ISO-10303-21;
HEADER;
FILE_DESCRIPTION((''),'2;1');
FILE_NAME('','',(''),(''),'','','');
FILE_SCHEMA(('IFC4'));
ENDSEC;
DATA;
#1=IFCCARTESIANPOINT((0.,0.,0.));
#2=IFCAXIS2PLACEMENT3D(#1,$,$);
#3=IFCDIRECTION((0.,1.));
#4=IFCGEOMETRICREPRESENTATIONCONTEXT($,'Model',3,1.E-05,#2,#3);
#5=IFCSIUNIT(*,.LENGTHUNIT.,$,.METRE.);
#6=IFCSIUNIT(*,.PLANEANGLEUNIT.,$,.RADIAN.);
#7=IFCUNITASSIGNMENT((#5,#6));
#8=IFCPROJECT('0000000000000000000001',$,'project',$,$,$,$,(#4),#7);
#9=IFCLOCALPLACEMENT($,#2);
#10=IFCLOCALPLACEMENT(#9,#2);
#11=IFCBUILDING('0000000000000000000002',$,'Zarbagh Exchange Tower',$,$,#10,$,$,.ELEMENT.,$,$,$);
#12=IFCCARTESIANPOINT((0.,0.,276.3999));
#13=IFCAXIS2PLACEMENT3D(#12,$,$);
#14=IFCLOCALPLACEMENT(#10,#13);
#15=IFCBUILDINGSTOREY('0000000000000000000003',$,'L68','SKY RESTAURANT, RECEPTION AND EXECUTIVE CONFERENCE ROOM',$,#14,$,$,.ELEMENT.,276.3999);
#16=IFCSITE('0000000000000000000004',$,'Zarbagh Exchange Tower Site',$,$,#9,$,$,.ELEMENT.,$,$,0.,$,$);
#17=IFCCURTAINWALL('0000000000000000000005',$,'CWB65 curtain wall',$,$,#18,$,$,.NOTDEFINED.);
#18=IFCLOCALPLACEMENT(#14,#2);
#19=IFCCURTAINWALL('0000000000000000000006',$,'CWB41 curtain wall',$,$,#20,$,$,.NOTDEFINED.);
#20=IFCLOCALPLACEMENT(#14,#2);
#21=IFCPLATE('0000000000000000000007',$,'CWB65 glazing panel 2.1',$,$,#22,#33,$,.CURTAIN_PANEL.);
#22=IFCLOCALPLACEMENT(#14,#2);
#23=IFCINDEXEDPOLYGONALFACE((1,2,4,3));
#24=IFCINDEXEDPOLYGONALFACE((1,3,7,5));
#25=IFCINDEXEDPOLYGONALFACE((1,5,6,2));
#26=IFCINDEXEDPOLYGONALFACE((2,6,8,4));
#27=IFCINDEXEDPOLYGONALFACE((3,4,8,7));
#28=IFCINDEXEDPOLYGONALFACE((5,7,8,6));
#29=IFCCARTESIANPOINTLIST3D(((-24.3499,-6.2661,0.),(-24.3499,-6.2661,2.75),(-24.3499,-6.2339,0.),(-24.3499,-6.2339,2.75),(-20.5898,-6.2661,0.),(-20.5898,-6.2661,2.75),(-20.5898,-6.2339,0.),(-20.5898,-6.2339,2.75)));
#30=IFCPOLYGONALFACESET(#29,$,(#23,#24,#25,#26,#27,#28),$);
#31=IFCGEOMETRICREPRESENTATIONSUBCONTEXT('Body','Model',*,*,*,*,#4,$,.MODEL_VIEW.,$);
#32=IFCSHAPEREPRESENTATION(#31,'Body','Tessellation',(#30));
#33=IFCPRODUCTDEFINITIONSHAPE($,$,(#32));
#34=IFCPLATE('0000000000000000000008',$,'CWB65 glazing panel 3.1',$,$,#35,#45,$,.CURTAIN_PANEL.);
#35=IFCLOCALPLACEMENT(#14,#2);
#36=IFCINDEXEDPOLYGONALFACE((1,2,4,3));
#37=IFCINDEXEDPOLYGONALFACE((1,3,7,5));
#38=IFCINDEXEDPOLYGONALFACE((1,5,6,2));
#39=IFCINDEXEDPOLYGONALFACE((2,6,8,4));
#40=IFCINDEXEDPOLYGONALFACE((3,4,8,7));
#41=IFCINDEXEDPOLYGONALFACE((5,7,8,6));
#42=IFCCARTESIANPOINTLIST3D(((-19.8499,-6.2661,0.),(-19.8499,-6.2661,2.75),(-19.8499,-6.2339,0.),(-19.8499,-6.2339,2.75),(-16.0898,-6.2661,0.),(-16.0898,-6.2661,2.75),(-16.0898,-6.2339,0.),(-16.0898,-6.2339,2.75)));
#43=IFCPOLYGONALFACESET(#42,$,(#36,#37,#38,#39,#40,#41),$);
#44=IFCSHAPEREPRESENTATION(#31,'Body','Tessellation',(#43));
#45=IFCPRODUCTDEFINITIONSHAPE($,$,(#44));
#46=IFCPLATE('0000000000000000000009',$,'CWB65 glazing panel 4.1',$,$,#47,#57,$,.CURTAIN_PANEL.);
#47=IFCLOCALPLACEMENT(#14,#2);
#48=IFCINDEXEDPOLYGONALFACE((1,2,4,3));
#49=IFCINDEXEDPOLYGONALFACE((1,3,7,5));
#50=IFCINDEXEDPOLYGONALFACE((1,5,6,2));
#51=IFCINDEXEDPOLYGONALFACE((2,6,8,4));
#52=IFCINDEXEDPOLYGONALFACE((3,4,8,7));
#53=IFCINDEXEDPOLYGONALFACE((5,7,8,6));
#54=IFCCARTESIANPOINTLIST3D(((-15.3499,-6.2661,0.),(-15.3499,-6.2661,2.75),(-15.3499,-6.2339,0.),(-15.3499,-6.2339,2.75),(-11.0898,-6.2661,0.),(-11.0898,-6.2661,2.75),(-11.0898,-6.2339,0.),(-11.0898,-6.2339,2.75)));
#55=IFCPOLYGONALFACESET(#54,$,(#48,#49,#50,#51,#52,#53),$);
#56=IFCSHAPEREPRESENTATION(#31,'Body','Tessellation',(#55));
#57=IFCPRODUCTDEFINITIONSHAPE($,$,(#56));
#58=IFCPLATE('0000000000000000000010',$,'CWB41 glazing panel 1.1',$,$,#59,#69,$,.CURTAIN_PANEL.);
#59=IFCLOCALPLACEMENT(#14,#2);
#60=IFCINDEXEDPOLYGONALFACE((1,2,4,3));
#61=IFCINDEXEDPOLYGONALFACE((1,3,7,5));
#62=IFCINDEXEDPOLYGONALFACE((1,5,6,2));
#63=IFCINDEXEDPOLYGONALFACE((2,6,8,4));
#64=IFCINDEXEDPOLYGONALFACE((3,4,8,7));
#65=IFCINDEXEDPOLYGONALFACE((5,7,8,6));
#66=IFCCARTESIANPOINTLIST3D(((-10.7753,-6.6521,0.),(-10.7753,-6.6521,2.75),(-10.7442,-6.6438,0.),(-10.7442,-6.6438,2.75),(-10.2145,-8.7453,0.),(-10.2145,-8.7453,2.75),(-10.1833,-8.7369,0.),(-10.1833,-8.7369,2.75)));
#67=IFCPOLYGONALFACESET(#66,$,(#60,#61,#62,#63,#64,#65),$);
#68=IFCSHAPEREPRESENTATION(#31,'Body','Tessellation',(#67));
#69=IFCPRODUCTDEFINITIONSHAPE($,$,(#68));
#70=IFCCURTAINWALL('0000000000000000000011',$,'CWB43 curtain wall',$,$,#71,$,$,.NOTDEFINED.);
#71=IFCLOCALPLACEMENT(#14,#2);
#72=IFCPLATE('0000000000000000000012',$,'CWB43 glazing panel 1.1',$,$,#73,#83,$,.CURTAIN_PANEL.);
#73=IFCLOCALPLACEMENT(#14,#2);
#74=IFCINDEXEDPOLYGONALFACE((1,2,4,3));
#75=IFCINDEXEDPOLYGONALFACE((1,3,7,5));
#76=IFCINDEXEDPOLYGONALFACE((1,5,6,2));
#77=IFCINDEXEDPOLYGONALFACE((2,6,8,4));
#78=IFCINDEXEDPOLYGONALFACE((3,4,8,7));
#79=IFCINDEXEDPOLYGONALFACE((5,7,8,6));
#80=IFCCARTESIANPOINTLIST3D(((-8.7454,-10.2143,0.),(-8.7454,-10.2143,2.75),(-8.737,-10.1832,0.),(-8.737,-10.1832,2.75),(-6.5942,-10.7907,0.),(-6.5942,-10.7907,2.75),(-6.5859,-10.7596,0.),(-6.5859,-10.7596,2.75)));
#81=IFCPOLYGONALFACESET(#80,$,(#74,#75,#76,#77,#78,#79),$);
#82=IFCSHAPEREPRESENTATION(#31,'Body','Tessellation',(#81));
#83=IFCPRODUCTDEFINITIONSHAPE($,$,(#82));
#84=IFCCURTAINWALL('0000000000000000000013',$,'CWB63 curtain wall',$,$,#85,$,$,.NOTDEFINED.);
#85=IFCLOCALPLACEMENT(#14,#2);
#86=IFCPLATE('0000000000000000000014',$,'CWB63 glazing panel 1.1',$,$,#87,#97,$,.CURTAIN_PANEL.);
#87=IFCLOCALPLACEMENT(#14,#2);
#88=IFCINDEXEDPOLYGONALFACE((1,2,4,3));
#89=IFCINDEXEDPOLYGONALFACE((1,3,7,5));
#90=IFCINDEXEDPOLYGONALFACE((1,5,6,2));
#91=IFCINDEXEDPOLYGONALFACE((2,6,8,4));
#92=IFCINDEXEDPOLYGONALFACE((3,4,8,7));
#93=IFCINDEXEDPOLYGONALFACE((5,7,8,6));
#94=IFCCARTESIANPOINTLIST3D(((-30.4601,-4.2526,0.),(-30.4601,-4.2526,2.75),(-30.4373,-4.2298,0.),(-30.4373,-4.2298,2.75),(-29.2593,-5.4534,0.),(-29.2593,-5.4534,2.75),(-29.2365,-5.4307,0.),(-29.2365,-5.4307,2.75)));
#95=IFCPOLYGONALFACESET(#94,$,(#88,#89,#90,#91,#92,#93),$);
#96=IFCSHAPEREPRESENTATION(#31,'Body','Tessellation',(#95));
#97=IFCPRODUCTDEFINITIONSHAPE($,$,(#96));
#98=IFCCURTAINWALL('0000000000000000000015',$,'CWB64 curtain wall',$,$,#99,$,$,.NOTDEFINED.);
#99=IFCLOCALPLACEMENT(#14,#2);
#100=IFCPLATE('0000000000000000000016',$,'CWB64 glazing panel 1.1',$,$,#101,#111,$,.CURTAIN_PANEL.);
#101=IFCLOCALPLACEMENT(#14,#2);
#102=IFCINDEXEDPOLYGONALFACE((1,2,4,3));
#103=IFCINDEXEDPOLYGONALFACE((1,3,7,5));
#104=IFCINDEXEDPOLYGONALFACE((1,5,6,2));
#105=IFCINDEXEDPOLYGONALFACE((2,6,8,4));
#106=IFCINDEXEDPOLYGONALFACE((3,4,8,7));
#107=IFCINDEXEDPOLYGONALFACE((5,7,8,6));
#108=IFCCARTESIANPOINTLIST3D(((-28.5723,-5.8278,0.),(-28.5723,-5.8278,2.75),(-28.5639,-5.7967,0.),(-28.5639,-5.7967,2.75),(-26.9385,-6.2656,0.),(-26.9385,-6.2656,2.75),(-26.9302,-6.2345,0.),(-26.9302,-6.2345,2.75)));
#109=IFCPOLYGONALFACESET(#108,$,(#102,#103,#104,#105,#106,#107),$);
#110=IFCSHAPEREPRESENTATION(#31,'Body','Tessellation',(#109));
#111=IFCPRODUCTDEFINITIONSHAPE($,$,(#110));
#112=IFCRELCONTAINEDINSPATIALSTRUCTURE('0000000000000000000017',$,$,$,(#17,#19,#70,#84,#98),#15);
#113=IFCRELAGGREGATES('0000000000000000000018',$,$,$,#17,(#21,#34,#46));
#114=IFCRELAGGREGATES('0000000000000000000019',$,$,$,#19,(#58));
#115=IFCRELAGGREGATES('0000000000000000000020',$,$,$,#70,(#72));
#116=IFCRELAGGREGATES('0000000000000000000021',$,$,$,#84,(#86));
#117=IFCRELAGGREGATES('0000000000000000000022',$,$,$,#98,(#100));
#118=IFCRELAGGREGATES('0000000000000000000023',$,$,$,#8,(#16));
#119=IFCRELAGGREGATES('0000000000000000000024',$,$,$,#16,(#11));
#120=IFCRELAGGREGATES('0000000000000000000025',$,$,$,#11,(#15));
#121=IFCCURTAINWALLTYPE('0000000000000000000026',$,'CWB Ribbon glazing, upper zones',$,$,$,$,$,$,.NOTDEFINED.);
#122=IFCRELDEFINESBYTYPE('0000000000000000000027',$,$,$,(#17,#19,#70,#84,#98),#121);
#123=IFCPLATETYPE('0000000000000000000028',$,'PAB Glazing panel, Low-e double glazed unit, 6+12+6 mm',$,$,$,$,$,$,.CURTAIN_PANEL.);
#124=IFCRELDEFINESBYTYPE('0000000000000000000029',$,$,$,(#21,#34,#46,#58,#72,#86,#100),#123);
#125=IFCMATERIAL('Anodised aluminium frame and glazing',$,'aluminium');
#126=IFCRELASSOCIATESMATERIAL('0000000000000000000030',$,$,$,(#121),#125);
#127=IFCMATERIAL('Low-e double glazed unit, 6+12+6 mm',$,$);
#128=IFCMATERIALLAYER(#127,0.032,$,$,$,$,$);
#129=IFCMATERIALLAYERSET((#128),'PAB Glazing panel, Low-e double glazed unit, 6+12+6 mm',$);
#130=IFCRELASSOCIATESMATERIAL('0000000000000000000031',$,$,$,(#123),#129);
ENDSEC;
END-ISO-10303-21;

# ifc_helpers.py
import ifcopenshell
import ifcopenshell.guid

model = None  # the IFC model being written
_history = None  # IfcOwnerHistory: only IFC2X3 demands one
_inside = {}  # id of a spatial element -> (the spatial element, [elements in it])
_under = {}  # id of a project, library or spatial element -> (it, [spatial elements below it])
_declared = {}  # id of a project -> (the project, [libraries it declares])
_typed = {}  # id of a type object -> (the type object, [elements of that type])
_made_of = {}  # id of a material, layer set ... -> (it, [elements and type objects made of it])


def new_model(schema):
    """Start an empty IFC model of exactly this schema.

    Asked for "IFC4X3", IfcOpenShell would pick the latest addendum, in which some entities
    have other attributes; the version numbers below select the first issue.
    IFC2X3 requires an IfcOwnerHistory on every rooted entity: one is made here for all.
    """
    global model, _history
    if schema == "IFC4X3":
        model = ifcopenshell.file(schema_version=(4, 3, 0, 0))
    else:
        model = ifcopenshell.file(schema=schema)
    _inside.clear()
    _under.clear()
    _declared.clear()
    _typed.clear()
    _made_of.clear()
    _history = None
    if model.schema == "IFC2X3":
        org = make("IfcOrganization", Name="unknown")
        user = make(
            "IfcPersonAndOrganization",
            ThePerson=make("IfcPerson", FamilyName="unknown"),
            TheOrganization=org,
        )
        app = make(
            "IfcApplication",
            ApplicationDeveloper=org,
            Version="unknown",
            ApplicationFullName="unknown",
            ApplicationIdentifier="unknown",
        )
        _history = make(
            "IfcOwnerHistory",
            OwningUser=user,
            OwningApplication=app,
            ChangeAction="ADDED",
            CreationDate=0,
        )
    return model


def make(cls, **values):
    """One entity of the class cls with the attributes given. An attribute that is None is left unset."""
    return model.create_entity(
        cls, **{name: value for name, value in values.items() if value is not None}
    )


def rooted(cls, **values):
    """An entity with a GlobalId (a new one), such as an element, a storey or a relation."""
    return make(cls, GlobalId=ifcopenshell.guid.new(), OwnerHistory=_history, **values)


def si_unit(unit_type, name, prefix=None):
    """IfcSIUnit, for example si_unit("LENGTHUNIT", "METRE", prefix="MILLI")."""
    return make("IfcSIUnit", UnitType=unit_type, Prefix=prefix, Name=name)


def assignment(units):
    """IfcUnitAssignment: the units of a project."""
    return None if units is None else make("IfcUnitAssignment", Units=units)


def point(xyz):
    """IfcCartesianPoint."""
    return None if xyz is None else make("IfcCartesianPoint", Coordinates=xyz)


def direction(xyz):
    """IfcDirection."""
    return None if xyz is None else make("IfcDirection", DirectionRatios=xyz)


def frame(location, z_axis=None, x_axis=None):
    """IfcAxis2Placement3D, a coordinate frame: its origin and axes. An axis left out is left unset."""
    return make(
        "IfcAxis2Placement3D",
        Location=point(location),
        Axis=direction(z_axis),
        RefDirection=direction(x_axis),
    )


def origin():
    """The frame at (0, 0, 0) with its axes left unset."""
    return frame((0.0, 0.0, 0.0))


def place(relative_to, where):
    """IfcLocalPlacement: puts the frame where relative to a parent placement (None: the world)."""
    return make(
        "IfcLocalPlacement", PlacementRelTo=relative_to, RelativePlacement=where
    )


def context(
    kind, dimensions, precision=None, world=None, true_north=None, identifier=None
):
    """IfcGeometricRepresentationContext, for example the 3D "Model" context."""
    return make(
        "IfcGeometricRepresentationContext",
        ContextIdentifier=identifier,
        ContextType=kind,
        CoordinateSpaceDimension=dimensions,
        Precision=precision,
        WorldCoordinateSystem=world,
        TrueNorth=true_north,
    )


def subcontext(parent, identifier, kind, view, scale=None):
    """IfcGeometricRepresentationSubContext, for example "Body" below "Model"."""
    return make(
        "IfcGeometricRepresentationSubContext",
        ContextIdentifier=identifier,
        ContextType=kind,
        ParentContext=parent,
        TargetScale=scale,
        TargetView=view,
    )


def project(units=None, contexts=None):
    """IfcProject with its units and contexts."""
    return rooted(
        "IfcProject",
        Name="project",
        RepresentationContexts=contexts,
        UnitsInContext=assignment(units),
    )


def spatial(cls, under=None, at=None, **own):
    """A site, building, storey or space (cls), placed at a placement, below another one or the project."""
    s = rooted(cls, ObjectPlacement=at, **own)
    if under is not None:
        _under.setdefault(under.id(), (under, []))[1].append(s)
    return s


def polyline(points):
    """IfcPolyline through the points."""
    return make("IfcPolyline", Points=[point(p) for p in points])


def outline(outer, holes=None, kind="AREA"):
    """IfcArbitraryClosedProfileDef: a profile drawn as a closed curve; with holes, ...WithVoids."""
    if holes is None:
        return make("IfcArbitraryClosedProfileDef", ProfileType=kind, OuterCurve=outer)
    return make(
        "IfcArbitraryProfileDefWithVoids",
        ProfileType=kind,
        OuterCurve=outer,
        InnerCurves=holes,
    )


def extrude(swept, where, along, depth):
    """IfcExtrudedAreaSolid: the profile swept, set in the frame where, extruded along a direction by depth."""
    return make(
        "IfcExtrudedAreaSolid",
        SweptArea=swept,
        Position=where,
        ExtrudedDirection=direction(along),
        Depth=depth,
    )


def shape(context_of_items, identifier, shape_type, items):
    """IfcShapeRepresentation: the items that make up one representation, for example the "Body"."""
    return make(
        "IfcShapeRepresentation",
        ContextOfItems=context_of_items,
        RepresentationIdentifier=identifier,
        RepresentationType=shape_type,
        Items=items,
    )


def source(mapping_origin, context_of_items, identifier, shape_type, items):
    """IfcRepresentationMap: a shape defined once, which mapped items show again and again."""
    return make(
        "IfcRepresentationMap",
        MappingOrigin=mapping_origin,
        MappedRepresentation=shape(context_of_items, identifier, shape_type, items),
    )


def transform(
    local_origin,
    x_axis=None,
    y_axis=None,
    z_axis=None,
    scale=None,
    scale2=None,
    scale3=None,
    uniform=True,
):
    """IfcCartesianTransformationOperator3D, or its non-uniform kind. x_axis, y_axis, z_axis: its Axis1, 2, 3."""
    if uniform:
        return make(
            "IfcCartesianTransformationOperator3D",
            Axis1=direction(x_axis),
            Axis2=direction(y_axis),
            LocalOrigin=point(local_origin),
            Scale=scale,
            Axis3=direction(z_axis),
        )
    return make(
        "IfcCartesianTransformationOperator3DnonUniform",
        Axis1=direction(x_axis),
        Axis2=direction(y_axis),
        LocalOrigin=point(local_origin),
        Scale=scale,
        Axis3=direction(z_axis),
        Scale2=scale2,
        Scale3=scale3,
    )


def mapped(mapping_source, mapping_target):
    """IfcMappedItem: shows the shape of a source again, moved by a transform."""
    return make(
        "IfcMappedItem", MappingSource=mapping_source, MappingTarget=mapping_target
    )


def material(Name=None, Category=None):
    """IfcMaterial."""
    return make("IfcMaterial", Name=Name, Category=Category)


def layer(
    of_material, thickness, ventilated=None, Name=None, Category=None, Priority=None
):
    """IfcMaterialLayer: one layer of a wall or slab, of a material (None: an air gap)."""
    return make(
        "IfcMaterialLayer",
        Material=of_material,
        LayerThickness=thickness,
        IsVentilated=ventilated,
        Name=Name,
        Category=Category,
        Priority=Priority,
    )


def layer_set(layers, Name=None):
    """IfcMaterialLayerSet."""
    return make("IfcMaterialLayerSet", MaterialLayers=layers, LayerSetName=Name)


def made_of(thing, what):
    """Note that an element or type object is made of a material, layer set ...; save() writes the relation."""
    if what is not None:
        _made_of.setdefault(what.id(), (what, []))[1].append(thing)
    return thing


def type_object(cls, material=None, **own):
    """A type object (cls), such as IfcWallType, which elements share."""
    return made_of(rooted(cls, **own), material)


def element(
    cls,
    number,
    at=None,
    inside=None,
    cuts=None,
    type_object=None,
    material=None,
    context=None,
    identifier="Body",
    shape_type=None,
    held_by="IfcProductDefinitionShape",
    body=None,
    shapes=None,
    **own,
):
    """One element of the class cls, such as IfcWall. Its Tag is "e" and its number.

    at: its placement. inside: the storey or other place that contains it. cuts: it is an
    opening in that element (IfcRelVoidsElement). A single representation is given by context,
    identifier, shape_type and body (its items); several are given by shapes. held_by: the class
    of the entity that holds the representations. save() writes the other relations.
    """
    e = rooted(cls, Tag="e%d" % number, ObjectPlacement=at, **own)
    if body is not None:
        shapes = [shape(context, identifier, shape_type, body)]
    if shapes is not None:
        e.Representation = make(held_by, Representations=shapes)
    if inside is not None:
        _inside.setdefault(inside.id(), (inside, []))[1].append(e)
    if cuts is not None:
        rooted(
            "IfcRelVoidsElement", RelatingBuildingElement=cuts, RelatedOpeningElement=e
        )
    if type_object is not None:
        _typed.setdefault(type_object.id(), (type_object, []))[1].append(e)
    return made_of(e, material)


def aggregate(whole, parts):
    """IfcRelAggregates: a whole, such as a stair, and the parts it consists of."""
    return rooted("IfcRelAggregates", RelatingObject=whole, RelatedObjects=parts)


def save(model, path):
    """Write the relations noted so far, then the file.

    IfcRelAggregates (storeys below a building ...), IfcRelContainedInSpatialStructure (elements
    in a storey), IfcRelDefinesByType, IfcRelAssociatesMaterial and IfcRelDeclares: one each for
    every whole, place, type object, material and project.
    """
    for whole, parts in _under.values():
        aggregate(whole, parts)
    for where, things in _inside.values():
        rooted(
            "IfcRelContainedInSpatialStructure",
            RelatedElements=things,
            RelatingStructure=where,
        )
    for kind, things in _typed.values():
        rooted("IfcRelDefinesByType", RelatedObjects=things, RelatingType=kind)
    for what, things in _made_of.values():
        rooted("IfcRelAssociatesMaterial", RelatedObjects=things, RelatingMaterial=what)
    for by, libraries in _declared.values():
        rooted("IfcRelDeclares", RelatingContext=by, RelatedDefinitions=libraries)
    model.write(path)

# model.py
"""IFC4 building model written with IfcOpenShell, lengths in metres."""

from ifc_helpers import new_model, si_unit, direction, frame, origin, place, context, subcontext, project, spatial, polyline, outline, extrude, source, transform, mapped, material, layer, layer_set, type_object, element, aggregate, save


model = new_model("IFC4")

# Units and contexts
model_context = context("Model", 3, precision=1e-05, world=origin(), true_north=direction((0.0, 1.0)))
body_context = subcontext(model_context, "Body", "Model", "MODEL_VIEW")
ifc_project = project(units=[si_unit("LENGTHUNIT", "METRE"), si_unit("PLANEANGLEUNIT", "RADIAN")], contexts=[model_context])

# Site, building, storey
site_placement = place(None, origin())
site = spatial("IfcSite", under=ifc_project, at=site_placement, Name="Zarbagh Exchange Tower Site", CompositionType="ELEMENT", RefElevation=0.0)
building_placement = place(site_placement, origin())
building = spatial("IfcBuilding", under=site, at=building_placement, Name="Zarbagh Exchange Tower", CompositionType="ELEMENT")
storey_placement = place(building_placement, frame((0.0, 0.0, 276.3999)))
storey = spatial("IfcBuildingStorey", under=building, at=storey_placement, Name="L68", Description="SKY RESTAURANT, RECEPTION AND EXECUTIVE CONFERENCE ROOM", CompositionType="ELEMENT", Elevation=276.3999)

# Shared definitions
ifc_material_1 = material(Name="Anodised aluminium frame and glazing", Category="aluminium")
curtain_wall_type = type_object("IfcCurtainWallType", Name="CWB Ribbon glazing, upper zones", PredefinedType="NOTDEFINED", material=ifc_material_1)
placement = place(storey_placement, origin())

# Curtain wall
curtain_wall_1_placement = place(storey_placement, origin())
curtain_wall_1 = element("IfcCurtainWall", 1, at=curtain_wall_1_placement, inside=storey, type_object=curtain_wall_type, Name="CWB65 curtain wall", PredefinedType="NOTDEFINED")

# Curtain wall
curtain_wall_2_placement = place(storey_placement, origin())
curtain_wall_2 = element("IfcCurtainWall", 2, at=curtain_wall_2_placement, inside=storey, type_object=curtain_wall_type, Name="CWB41 curtain wall", PredefinedType="NOTDEFINED")

# Shared definitions
ifc_material_2 = material(Name="Low-e double glazed unit, 6+12+6 mm")
ifc_layer = layer(ifc_material_2, 0.032)
ifc_layer_set = layer_set([ifc_layer], Name="PAB Glazing panel, Low-e double glazed unit, 6+12+6 mm")
plate_type = type_object("IfcPlateType", Name="PAB Glazing panel, Low-e double glazed unit, 6+12+6 mm", PredefinedType="CURTAIN_PANEL", material=ifc_layer_set)

# Plates
shared_shape_1 = source(origin(), body_context, "Body", "SweptSolid", [
    extrude(outline(polyline([(0.0, -0.0161), (3.76, -0.0161), (3.76, 0.0161), (0.0, 0.0161), (0.0, -0.0161)])), origin(), (0.0, 0.0, 1.0), 2.75),
])
plate_1 = element("IfcPlate", 3, at=placement, type_object=plate_type, Name="CWB65 glazing panel 2.1", PredefinedType="CURTAIN_PANEL", context=body_context, shape_type="MappedRepresentation", body=[
    mapped(shared_shape_1, transform((-24.3499, -6.25, 0.0), x_axis=(1.0, 0.0, 0.0), y_axis=(0.0, 1.0, 0.0), z_axis=(0.0, 0.0, 1.0))),
])
plate_2 = element("IfcPlate", 4, at=placement, type_object=plate_type, Name="CWB65 glazing panel 3.1", PredefinedType="CURTAIN_PANEL", context=body_context, shape_type="MappedRepresentation", body=[
    mapped(shared_shape_1, transform((-19.8499, -6.25, 0.0), x_axis=(1.0, 0.0, 0.0), y_axis=(0.0, 1.0, 0.0), z_axis=(0.0, 0.0, 1.0))),
])
shared_shape_2 = source(origin(), body_context, "Body", "SweptSolid", [
    extrude(outline(polyline([(0.0, -0.0161), (4.26, -0.0161), (4.26, 0.0161), (0.0, 0.0161), (0.0, -0.0161)])), origin(), (0.0, 0.0, 1.0), 2.75),
])
plate_3 = element("IfcPlate", 5, at=placement, type_object=plate_type, Name="CWB65 glazing panel 4.1", PredefinedType="CURTAIN_PANEL", context=body_context, shape_type="MappedRepresentation", body=[
    mapped(shared_shape_2, transform((-15.3499, -6.25, 0.0), x_axis=(1.0, 0.0, 0.0), y_axis=(0.0, 1.0, 0.0), z_axis=(0.0, 0.0, 1.0))),
])
aggregate(curtain_wall_1, [plate_1, plate_2, plate_3])
shared_shape_3 = source(origin(), body_context, "Body", "SweptSolid", [
    extrude(outline(polyline([(0.0, -0.0161), (2.167, -0.0161), (2.167, 0.0161), (0.0, 0.0161), (0.0, -0.0161)])), origin(), (0.0, 0.0, 1.0), 2.75),
])
plate_4 = element("IfcPlate", 6, at=placement, type_object=plate_type, Name="CWB41 glazing panel 1.1", PredefinedType="CURTAIN_PANEL", context=body_context, shape_type="MappedRepresentation", body=[
    mapped(shared_shape_3, transform((-10.7598, -6.6479, 0.0), x_axis=(0.258825, -0.965924, 0.0), y_axis=(0.965924, 0.258825, 0.0), z_axis=(0.0, 0.0, 1.0))),
])
aggregate(curtain_wall_2, [plate_4])

# Curtain walls, plates
curtain_wall_3_placement = place(storey_placement, origin())
curtain_wall_3 = element("IfcCurtainWall", 7, at=curtain_wall_3_placement, inside=storey, type_object=curtain_wall_type, Name="CWB43 curtain wall", PredefinedType="NOTDEFINED")
shared_shape_4 = source(origin(), body_context, "Body", "SweptSolid", [
    extrude(outline(polyline([(0.0, -0.0161), (2.2271, -0.0161), (2.2271, 0.0161), (0.0, 0.0161), (0.0, -0.0161)])), origin(), (0.0, 0.0, 1.0), 2.75),
])
plate_5 = element("IfcPlate", 8, at=placement, type_object=plate_type, Name="CWB43 glazing panel 1.1", PredefinedType="CURTAIN_PANEL", context=body_context, shape_type="MappedRepresentation", body=[
    mapped(shared_shape_4, transform((-8.7412, -10.1987, 0.0), x_axis=(0.965924, -0.258825, 0.0), y_axis=(0.258825, 0.965924, 0.0), z_axis=(0.0, 0.0, 1.0))),
])
aggregate(curtain_wall_3, [plate_5])
curtain_wall_4_placement = place(storey_placement, origin())
curtain_wall_4 = element("IfcCurtainWall", 9, at=curtain_wall_4_placement, inside=storey, type_object=curtain_wall_type, Name="CWB63 curtain wall", PredefinedType="NOTDEFINED")
shared_shape_5 = source(origin(), body_context, "Body", "SweptSolid", [
    extrude(outline(polyline([(0.0, -0.0161), (1.6982, -0.0161), (1.6982, 0.0161), (0.0, 0.0161), (0.0, -0.0161)])), origin(), (0.0, 0.0, 1.0), 2.75),
])
plate_6 = element("IfcPlate", 10, at=placement, type_object=plate_type, Name="CWB63 glazing panel 1.1", PredefinedType="CURTAIN_PANEL", context=body_context, shape_type="MappedRepresentation", body=[
    mapped(shared_shape_5, transform((-30.4487, -4.2412, 0.0), x_axis=(0.707107, -0.707107, 0.0), y_axis=(0.707107, 0.707107, 0.0), z_axis=(0.0, 0.0, 1.0))),
])
aggregate(curtain_wall_4, [plate_6])
curtain_wall_5_placement = place(storey_placement, origin())
curtain_wall_5 = element("IfcCurtainWall", 11, at=curtain_wall_5_placement, inside=storey, type_object=curtain_wall_type, Name="CWB64 curtain wall", PredefinedType="NOTDEFINED")
shared_shape_6 = source(origin(), body_context, "Body", "SweptSolid", [
    extrude(outline(polyline([(0.0, -0.0161), (1.6914, -0.0161), (1.6914, 0.0161), (0.0, 0.0161), (0.0, -0.0161)])), origin(), (0.0, 0.0, 1.0), 2.75),
])
plate_7 = element("IfcPlate", 12, at=placement, type_object=plate_type, Name="CWB64 glazing panel 1.1", PredefinedType="CURTAIN_PANEL", context=body_context, shape_type="MappedRepresentation", body=[
    mapped(shared_shape_6, transform((-28.5681, -5.8123, 0.0), x_axis=(0.965924, -0.258825, 0.0), y_axis=(0.258825, 0.965924, 0.0), z_axis=(0.0, 0.0, 1.0))),
])
aggregate(curtain_wall_5, [plate_7])

save(model, "model.ifc")
